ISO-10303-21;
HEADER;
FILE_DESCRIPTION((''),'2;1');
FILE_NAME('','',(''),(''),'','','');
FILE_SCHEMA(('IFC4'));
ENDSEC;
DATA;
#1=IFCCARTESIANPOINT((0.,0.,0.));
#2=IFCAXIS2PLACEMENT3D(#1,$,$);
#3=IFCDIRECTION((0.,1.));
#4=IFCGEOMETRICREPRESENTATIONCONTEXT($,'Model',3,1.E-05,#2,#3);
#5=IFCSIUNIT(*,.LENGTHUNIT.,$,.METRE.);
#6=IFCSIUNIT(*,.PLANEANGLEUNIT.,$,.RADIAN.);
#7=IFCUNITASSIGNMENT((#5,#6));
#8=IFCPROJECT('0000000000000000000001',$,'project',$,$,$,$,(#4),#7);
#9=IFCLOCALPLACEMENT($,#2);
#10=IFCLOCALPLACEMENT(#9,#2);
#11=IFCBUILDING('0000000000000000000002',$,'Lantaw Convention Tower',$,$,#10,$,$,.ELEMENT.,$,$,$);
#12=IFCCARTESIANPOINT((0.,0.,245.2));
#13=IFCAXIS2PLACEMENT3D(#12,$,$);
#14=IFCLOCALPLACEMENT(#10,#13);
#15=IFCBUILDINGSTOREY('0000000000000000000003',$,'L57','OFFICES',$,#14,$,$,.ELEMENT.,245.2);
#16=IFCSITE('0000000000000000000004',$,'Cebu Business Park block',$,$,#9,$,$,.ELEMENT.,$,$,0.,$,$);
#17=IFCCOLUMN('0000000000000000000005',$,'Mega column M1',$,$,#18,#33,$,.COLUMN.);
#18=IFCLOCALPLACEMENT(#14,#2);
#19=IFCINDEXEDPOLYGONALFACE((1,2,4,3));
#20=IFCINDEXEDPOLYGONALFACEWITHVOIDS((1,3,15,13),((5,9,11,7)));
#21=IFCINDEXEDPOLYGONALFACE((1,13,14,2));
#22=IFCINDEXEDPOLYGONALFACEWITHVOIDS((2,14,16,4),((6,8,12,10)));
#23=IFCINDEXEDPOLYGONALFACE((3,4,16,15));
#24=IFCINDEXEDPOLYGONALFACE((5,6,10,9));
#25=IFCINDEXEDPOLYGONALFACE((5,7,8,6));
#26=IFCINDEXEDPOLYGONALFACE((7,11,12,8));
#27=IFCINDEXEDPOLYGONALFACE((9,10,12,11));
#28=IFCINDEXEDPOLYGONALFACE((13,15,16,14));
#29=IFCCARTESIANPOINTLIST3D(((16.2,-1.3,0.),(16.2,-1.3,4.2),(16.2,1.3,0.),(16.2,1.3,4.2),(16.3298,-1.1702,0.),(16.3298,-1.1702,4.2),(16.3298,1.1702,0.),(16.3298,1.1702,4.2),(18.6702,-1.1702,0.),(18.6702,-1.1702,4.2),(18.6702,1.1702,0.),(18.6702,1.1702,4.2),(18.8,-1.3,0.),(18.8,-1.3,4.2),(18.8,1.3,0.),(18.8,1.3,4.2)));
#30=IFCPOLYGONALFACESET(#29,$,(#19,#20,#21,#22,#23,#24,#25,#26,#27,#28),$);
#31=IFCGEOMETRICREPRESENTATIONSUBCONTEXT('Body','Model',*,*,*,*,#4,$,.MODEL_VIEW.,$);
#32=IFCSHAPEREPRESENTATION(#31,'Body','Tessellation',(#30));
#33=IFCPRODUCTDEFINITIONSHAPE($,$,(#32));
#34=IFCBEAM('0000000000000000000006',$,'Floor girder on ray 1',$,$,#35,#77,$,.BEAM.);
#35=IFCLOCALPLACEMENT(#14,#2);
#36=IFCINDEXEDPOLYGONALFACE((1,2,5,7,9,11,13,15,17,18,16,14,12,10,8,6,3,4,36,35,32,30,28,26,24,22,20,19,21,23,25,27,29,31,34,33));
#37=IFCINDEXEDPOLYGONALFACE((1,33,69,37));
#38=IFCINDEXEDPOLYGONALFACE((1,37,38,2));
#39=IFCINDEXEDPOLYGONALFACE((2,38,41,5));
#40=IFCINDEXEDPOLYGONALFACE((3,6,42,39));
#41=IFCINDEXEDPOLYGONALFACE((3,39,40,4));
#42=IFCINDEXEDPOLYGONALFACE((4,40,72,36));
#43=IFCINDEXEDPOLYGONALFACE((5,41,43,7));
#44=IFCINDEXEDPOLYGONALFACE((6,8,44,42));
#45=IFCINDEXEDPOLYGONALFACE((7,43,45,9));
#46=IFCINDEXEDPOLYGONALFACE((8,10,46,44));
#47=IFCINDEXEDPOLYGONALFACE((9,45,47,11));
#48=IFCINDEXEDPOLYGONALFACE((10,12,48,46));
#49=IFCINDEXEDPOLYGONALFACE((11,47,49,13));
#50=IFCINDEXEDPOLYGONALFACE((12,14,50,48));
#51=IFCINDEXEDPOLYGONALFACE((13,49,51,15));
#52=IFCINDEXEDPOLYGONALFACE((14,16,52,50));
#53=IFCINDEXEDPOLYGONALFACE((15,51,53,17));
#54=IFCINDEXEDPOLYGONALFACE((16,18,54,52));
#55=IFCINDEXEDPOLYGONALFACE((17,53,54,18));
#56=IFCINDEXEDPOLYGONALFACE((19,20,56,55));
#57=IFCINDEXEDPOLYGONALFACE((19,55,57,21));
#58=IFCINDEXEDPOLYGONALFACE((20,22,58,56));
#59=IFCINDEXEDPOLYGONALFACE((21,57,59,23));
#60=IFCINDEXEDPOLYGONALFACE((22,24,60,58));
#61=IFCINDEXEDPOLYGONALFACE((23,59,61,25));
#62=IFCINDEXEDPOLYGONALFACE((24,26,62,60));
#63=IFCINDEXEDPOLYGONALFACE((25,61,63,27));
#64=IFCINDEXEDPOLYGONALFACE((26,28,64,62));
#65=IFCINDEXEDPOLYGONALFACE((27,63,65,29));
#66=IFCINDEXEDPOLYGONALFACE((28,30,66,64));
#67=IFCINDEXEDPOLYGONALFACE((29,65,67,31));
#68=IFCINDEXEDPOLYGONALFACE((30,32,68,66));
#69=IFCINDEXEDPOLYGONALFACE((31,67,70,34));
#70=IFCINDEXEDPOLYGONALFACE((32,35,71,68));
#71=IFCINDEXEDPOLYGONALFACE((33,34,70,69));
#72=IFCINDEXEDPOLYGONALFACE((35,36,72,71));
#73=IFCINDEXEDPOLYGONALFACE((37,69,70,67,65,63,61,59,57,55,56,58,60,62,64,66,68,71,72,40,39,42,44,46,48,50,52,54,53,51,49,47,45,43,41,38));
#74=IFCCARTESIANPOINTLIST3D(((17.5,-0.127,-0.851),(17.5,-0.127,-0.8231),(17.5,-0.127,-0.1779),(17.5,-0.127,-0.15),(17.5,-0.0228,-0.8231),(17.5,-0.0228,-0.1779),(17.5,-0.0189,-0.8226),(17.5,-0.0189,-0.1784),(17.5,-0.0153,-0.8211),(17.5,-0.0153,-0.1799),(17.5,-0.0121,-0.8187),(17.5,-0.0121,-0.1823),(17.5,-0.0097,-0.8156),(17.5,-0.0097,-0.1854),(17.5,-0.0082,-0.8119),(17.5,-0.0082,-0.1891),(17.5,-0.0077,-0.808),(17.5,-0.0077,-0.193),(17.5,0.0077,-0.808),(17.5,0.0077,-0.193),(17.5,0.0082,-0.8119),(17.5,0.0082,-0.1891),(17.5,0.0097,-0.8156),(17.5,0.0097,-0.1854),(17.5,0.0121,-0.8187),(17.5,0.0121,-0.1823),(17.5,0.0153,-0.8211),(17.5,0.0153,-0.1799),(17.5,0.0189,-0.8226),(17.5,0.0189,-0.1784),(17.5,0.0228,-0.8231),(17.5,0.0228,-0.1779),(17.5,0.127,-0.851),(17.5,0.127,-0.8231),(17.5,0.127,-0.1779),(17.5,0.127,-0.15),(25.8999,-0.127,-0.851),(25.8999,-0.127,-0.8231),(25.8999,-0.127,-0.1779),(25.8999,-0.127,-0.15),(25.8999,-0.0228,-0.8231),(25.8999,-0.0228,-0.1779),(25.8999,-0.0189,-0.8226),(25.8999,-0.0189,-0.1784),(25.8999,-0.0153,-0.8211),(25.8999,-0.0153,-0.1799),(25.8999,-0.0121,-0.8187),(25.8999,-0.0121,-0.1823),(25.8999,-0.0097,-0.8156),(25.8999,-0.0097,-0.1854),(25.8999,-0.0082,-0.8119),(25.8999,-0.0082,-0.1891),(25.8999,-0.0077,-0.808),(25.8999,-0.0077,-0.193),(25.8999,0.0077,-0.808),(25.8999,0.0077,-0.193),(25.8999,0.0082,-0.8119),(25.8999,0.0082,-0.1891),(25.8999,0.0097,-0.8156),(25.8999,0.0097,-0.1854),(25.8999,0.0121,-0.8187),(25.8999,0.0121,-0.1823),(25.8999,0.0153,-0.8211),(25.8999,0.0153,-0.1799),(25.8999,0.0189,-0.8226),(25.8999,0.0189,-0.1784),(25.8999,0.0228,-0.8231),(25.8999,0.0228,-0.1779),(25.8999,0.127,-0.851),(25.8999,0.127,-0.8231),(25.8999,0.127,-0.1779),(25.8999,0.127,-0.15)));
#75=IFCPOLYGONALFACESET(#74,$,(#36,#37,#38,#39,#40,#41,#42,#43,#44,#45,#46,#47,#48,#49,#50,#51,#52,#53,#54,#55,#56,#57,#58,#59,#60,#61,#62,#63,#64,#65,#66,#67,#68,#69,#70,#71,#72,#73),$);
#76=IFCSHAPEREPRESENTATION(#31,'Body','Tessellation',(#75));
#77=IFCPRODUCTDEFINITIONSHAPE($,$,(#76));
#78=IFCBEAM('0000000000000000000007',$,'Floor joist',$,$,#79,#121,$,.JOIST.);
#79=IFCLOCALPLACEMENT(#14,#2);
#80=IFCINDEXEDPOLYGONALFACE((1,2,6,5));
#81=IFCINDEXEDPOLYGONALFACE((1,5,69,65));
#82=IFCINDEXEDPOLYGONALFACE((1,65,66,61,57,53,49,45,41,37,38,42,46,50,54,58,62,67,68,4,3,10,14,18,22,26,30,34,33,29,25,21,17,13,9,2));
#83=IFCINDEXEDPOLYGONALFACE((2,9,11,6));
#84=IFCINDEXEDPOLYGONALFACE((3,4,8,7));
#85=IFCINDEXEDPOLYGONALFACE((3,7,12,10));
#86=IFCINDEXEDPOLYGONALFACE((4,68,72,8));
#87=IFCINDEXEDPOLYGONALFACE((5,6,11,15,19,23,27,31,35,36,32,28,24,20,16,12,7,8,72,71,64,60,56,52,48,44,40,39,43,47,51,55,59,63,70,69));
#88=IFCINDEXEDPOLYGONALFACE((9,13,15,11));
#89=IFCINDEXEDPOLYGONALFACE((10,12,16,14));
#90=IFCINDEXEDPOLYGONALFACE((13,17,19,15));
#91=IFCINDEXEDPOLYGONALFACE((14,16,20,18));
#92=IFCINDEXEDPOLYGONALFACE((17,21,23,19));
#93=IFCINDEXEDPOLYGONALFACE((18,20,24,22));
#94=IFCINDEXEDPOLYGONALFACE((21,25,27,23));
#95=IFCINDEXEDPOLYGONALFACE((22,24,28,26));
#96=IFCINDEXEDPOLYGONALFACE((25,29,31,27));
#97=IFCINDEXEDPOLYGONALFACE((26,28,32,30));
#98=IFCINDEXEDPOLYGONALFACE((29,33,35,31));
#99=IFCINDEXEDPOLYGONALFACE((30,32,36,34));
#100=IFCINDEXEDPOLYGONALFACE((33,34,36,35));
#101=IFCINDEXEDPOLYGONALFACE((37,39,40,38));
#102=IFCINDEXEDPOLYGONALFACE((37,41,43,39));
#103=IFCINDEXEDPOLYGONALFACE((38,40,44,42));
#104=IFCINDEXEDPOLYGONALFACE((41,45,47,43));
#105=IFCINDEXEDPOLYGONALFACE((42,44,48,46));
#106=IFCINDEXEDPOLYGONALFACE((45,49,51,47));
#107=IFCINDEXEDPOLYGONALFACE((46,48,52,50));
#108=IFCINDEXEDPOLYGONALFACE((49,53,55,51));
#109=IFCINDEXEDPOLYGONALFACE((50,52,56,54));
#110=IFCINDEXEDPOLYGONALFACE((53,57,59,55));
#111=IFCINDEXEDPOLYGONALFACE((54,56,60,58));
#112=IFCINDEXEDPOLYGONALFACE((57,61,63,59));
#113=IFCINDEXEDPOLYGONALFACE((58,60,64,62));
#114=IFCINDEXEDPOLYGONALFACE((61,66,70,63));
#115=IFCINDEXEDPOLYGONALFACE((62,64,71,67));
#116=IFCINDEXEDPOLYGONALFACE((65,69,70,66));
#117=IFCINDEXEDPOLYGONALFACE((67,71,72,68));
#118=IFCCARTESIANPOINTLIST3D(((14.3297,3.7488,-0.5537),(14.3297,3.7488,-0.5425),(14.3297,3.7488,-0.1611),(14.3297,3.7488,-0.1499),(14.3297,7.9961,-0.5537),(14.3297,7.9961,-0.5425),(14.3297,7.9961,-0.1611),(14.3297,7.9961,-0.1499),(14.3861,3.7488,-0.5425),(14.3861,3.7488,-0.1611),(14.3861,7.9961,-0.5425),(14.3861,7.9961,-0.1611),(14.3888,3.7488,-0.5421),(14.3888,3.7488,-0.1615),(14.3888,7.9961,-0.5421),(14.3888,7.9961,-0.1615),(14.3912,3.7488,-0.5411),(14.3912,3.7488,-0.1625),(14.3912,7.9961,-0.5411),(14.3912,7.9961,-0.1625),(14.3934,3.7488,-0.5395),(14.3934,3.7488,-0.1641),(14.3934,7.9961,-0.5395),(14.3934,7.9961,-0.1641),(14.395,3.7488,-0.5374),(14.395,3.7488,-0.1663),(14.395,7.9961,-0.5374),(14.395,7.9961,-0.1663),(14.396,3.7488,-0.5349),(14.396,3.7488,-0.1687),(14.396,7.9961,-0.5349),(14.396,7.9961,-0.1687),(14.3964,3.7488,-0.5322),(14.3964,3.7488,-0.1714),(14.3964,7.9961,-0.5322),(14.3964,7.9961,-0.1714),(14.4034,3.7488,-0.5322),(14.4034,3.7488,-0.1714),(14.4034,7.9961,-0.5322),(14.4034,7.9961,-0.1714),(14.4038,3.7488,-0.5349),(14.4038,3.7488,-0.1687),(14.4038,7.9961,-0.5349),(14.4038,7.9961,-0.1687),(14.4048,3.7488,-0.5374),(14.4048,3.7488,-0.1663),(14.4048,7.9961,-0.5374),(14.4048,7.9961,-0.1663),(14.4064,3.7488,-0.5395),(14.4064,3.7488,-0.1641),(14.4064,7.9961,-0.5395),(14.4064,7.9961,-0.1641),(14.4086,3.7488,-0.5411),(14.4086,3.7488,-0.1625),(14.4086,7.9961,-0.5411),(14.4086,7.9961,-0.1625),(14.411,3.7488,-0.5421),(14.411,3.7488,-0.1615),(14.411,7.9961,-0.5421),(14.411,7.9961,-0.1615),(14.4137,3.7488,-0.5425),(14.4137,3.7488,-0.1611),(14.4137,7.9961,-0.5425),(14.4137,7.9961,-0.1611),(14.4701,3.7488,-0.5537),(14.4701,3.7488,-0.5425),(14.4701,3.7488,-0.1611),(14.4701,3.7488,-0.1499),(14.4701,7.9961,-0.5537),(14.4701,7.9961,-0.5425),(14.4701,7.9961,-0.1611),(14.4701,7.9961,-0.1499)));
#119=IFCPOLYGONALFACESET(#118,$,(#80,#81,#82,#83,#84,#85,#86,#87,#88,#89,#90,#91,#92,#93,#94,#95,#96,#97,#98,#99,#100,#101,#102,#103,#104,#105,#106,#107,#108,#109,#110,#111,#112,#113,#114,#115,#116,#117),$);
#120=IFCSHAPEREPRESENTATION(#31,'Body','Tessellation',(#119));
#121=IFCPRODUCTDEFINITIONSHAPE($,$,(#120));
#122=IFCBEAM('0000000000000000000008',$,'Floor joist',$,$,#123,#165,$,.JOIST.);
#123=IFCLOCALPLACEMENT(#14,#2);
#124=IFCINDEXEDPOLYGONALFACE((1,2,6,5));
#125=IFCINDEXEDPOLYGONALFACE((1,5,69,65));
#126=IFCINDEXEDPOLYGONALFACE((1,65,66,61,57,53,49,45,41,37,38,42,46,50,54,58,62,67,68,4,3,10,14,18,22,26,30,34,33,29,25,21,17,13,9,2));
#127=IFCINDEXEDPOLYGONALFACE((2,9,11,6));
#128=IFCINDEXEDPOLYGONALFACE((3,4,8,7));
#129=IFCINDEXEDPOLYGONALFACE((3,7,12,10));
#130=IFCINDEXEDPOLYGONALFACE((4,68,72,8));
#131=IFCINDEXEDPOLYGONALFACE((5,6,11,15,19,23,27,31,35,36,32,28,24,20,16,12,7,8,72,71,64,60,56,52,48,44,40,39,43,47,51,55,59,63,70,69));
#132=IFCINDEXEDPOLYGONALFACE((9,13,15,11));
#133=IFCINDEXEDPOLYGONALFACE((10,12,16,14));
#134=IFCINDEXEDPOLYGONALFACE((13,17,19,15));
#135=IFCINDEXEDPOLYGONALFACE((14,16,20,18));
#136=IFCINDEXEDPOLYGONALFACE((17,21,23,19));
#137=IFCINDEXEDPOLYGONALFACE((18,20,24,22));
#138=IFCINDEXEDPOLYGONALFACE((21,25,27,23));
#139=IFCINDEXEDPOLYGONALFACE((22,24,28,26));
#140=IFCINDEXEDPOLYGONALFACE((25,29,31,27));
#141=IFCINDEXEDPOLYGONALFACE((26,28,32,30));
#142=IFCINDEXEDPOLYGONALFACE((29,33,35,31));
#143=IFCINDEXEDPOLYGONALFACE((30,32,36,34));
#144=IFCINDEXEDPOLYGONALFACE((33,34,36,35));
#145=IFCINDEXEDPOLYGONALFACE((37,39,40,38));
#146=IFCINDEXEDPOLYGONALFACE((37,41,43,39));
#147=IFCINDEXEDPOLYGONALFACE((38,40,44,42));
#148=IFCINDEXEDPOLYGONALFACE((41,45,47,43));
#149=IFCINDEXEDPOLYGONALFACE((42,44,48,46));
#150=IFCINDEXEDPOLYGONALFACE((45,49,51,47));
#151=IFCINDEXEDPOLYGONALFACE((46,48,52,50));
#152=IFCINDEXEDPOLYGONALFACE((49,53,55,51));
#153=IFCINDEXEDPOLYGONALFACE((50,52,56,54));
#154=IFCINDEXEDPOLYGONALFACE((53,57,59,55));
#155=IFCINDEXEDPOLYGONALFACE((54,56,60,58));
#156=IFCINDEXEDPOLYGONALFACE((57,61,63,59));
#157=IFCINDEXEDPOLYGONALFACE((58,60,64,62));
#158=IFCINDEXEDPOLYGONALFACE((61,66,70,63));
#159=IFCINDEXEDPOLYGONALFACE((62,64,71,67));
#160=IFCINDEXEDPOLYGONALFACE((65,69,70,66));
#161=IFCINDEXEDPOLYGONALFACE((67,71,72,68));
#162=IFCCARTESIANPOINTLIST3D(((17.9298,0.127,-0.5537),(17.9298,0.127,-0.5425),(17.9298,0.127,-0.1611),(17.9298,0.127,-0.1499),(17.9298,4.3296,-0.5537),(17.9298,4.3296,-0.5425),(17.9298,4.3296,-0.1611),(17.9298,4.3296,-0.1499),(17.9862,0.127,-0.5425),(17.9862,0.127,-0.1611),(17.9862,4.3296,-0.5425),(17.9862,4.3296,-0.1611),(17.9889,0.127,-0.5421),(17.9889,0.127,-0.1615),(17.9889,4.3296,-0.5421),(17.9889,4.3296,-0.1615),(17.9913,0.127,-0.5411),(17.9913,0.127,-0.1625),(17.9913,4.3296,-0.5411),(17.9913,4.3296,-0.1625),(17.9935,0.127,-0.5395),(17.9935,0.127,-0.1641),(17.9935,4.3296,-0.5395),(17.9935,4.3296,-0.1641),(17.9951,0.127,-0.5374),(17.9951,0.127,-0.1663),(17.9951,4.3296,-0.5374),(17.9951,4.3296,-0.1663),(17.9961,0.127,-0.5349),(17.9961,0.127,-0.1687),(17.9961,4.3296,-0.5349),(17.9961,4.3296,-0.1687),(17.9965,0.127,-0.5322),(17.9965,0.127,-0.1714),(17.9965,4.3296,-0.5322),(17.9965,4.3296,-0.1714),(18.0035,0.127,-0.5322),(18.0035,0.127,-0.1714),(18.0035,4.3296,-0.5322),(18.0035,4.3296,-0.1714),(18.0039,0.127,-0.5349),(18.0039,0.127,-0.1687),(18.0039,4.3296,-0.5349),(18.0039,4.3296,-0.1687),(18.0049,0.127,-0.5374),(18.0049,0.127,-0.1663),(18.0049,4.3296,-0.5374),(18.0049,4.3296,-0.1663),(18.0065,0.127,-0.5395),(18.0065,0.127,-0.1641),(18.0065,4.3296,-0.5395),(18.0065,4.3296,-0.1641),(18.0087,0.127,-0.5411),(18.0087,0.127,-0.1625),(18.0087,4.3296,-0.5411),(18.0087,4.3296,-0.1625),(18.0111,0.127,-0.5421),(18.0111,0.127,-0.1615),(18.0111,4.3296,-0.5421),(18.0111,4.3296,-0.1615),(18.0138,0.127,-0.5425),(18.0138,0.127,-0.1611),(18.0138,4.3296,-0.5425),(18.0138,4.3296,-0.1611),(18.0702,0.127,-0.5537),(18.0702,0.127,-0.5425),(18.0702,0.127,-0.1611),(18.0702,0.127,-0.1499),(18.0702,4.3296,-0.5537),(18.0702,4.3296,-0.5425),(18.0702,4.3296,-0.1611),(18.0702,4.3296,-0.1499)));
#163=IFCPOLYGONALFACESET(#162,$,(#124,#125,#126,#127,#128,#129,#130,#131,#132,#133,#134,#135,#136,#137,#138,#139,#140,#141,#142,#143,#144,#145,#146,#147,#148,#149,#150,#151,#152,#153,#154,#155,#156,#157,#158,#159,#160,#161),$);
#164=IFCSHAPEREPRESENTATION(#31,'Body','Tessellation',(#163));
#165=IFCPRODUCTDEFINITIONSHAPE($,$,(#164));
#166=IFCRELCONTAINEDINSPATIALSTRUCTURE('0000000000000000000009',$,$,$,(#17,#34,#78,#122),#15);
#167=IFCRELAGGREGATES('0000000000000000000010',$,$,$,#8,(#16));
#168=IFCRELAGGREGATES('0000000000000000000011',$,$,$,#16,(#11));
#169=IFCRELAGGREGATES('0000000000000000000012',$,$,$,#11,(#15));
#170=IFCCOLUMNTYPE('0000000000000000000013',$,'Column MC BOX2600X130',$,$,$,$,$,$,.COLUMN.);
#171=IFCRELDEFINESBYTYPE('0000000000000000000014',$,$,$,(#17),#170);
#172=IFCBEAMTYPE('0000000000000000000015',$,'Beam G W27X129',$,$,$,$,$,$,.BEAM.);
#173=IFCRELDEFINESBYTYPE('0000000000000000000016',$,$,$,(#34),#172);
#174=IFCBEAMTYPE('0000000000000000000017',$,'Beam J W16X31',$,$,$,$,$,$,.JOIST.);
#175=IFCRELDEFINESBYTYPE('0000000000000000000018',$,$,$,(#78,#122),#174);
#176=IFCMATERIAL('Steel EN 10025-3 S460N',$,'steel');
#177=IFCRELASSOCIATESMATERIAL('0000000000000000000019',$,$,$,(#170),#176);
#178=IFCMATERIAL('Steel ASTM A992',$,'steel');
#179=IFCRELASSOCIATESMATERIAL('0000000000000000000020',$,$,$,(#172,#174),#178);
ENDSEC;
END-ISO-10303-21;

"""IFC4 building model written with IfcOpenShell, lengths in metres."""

from ifc_helpers import new_model, si_unit, direction, frame, origin, origin_2d, place, context, subcontext, project, spatial, rectangle, hollow_rectangle, i_section, extrude, material, material_profile, profile_set, type_object, element, save


model = new_model("IFC4")

# Units and contexts
model_context = context("Model", 3, precision=1e-05, world=origin(), true_north=direction((0.0, 1.0)))
body_context = subcontext(model_context, "Body", "Model", "MODEL_VIEW")
ifc_project = project(units=[si_unit("LENGTHUNIT", "METRE"), si_unit("PLANEANGLEUNIT", "RADIAN")], contexts=[model_context])

# Site, building, storey
site_placement = place(None, origin())
site = spatial("IfcSite", under=ifc_project, at=site_placement, Name="Cebu Business Park block", CompositionType="ELEMENT", RefElevation=0.0)
building_placement = place(site_placement, origin())
building = spatial("IfcBuilding", under=site, at=building_placement, Name="Lantaw Convention Tower", CompositionType="ELEMENT")
storey_placement = place(building_placement, frame((0.0, 0.0, 245.2)))
storey = spatial("IfcBuildingStorey", under=building, at=storey_placement, Name="L57", Description="OFFICES", CompositionType="ELEMENT", Elevation=245.2)

# Column
ifc_material_1 = material(Name="Steel EN 10025-3 S460N", Category="steel")
ifc_material_profile_1 = material_profile(ifc_material_1, hollow_rectangle(XDim=2.6001, YDim=2.6001, WallThickness=0.1299, at=origin_2d()), Name="BOX2600X130")
ifc_material_2 = material(Name="Concrete C60/75", Category="concrete")
ifc_material_profile_2 = material_profile(ifc_material_2, rectangle(XDim=2.3401, YDim=2.3401, at=origin_2d()), Name="Concrete fill of BOX2600X130")
ifc_profile_set_1 = profile_set([ifc_material_profile_1, ifc_material_profile_2], Name="Steel EN 10025-3 S460N")
column_type = type_object("IfcColumnType", Name="Column MC BOX2600X130", PredefinedType="COLUMN", material=ifc_profile_set_1)
column_placement = place(storey_placement, frame((17.5, 0.0, 0.0), z_axis=(0.0, 0.0, 1.0), x_axis=(1.0, 0.0, 0.0)))
element("IfcColumn", 1, at=column_placement, inside=storey, type_object=column_type, Name="Mega column M1", PredefinedType="COLUMN", context=body_context, shape_type="SweptSolid", body=[
    extrude(hollow_rectangle(XDim=2.6001, YDim=2.6001, WallThickness=0.1299, at=origin_2d()), origin(), (0.0, 0.0, 1.0), 4.2),
])

# Beams
ifc_material_3 = material(Name="Steel ASTM A992", Category="steel")
ifc_material_profile_3 = material_profile(ifc_material_3, i_section(OverallWidth=0.2539, OverallDepth=0.7009, WebThickness=0.0154, FlangeThickness=0.0278, FilletRadius=0.0151, at=origin_2d()), Name="W27X129")
ifc_profile_set_2 = profile_set([ifc_material_profile_3], Name="Steel ASTM A992")
beam_type_1 = type_object("IfcBeamType", Name="Beam G W27X129", PredefinedType="BEAM", material=ifc_profile_set_2)
beam_1_placement = place(storey_placement, frame((17.5, 0.0, -0.5005), z_axis=(1.0, 0.0, 0.0), x_axis=(0.0, 1.0, 0.0)))
element("IfcBeam", 2, at=beam_1_placement, inside=storey, type_object=beam_type_1, Name="Floor girder on ray 1", PredefinedType="BEAM", context=body_context, shape_type="SweptSolid", body=[
    extrude(i_section(OverallWidth=0.2539, OverallDepth=0.7009, WebThickness=0.0154, FlangeThickness=0.0278, FilletRadius=0.0151, at=origin_2d()), origin(), (0.0, 0.0, 1.0), 8.3999),
])
ifc_material_profile_4 = material_profile(ifc_material_3, i_section(OverallWidth=0.1404, OverallDepth=0.4038, WebThickness=0.0071, FlangeThickness=0.0112, FilletRadius=0.0103, at=origin_2d()), Name="W16X31")
ifc_profile_set_3 = profile_set([ifc_material_profile_4], Name="Steel ASTM A992")
beam_type_2 = type_object("IfcBeamType", Name="Beam J W16X31", PredefinedType="JOIST", material=ifc_profile_set_3)
beam_2_placement = place(storey_placement, frame((14.3999, 3.7488, -0.3518), z_axis=(0.0, 1.0, 0.0), x_axis=(-1.0, 0.0, 0.0)))
element("IfcBeam", 3, at=beam_2_placement, inside=storey, type_object=beam_type_2, Name="Floor joist", PredefinedType="JOIST", context=body_context, shape_type="SweptSolid", body=[
    extrude(i_section(OverallWidth=0.1404, OverallDepth=0.4038, WebThickness=0.0071, FlangeThickness=0.0112, FilletRadius=0.0103, at=origin_2d()), origin(), (0.0, 0.0, 1.0), 4.2473),
])
beam_3_placement = place(storey_placement, frame((18.0, 0.127, -0.3518), z_axis=(0.0, 1.0, 0.0), x_axis=(-1.0, 0.0, 0.0)))
element("IfcBeam", 4, at=beam_3_placement, inside=storey, type_object=beam_type_2, Name="Floor joist", PredefinedType="JOIST", context=body_context, shape_type="SweptSolid", body=[
    extrude(i_section(OverallWidth=0.1404, OverallDepth=0.4038, WebThickness=0.0071, FlangeThickness=0.0112, FilletRadius=0.0103, at=origin_2d()), origin(), (0.0, 0.0, 1.0), 4.2026),
])

save(model, "model.ifc")
